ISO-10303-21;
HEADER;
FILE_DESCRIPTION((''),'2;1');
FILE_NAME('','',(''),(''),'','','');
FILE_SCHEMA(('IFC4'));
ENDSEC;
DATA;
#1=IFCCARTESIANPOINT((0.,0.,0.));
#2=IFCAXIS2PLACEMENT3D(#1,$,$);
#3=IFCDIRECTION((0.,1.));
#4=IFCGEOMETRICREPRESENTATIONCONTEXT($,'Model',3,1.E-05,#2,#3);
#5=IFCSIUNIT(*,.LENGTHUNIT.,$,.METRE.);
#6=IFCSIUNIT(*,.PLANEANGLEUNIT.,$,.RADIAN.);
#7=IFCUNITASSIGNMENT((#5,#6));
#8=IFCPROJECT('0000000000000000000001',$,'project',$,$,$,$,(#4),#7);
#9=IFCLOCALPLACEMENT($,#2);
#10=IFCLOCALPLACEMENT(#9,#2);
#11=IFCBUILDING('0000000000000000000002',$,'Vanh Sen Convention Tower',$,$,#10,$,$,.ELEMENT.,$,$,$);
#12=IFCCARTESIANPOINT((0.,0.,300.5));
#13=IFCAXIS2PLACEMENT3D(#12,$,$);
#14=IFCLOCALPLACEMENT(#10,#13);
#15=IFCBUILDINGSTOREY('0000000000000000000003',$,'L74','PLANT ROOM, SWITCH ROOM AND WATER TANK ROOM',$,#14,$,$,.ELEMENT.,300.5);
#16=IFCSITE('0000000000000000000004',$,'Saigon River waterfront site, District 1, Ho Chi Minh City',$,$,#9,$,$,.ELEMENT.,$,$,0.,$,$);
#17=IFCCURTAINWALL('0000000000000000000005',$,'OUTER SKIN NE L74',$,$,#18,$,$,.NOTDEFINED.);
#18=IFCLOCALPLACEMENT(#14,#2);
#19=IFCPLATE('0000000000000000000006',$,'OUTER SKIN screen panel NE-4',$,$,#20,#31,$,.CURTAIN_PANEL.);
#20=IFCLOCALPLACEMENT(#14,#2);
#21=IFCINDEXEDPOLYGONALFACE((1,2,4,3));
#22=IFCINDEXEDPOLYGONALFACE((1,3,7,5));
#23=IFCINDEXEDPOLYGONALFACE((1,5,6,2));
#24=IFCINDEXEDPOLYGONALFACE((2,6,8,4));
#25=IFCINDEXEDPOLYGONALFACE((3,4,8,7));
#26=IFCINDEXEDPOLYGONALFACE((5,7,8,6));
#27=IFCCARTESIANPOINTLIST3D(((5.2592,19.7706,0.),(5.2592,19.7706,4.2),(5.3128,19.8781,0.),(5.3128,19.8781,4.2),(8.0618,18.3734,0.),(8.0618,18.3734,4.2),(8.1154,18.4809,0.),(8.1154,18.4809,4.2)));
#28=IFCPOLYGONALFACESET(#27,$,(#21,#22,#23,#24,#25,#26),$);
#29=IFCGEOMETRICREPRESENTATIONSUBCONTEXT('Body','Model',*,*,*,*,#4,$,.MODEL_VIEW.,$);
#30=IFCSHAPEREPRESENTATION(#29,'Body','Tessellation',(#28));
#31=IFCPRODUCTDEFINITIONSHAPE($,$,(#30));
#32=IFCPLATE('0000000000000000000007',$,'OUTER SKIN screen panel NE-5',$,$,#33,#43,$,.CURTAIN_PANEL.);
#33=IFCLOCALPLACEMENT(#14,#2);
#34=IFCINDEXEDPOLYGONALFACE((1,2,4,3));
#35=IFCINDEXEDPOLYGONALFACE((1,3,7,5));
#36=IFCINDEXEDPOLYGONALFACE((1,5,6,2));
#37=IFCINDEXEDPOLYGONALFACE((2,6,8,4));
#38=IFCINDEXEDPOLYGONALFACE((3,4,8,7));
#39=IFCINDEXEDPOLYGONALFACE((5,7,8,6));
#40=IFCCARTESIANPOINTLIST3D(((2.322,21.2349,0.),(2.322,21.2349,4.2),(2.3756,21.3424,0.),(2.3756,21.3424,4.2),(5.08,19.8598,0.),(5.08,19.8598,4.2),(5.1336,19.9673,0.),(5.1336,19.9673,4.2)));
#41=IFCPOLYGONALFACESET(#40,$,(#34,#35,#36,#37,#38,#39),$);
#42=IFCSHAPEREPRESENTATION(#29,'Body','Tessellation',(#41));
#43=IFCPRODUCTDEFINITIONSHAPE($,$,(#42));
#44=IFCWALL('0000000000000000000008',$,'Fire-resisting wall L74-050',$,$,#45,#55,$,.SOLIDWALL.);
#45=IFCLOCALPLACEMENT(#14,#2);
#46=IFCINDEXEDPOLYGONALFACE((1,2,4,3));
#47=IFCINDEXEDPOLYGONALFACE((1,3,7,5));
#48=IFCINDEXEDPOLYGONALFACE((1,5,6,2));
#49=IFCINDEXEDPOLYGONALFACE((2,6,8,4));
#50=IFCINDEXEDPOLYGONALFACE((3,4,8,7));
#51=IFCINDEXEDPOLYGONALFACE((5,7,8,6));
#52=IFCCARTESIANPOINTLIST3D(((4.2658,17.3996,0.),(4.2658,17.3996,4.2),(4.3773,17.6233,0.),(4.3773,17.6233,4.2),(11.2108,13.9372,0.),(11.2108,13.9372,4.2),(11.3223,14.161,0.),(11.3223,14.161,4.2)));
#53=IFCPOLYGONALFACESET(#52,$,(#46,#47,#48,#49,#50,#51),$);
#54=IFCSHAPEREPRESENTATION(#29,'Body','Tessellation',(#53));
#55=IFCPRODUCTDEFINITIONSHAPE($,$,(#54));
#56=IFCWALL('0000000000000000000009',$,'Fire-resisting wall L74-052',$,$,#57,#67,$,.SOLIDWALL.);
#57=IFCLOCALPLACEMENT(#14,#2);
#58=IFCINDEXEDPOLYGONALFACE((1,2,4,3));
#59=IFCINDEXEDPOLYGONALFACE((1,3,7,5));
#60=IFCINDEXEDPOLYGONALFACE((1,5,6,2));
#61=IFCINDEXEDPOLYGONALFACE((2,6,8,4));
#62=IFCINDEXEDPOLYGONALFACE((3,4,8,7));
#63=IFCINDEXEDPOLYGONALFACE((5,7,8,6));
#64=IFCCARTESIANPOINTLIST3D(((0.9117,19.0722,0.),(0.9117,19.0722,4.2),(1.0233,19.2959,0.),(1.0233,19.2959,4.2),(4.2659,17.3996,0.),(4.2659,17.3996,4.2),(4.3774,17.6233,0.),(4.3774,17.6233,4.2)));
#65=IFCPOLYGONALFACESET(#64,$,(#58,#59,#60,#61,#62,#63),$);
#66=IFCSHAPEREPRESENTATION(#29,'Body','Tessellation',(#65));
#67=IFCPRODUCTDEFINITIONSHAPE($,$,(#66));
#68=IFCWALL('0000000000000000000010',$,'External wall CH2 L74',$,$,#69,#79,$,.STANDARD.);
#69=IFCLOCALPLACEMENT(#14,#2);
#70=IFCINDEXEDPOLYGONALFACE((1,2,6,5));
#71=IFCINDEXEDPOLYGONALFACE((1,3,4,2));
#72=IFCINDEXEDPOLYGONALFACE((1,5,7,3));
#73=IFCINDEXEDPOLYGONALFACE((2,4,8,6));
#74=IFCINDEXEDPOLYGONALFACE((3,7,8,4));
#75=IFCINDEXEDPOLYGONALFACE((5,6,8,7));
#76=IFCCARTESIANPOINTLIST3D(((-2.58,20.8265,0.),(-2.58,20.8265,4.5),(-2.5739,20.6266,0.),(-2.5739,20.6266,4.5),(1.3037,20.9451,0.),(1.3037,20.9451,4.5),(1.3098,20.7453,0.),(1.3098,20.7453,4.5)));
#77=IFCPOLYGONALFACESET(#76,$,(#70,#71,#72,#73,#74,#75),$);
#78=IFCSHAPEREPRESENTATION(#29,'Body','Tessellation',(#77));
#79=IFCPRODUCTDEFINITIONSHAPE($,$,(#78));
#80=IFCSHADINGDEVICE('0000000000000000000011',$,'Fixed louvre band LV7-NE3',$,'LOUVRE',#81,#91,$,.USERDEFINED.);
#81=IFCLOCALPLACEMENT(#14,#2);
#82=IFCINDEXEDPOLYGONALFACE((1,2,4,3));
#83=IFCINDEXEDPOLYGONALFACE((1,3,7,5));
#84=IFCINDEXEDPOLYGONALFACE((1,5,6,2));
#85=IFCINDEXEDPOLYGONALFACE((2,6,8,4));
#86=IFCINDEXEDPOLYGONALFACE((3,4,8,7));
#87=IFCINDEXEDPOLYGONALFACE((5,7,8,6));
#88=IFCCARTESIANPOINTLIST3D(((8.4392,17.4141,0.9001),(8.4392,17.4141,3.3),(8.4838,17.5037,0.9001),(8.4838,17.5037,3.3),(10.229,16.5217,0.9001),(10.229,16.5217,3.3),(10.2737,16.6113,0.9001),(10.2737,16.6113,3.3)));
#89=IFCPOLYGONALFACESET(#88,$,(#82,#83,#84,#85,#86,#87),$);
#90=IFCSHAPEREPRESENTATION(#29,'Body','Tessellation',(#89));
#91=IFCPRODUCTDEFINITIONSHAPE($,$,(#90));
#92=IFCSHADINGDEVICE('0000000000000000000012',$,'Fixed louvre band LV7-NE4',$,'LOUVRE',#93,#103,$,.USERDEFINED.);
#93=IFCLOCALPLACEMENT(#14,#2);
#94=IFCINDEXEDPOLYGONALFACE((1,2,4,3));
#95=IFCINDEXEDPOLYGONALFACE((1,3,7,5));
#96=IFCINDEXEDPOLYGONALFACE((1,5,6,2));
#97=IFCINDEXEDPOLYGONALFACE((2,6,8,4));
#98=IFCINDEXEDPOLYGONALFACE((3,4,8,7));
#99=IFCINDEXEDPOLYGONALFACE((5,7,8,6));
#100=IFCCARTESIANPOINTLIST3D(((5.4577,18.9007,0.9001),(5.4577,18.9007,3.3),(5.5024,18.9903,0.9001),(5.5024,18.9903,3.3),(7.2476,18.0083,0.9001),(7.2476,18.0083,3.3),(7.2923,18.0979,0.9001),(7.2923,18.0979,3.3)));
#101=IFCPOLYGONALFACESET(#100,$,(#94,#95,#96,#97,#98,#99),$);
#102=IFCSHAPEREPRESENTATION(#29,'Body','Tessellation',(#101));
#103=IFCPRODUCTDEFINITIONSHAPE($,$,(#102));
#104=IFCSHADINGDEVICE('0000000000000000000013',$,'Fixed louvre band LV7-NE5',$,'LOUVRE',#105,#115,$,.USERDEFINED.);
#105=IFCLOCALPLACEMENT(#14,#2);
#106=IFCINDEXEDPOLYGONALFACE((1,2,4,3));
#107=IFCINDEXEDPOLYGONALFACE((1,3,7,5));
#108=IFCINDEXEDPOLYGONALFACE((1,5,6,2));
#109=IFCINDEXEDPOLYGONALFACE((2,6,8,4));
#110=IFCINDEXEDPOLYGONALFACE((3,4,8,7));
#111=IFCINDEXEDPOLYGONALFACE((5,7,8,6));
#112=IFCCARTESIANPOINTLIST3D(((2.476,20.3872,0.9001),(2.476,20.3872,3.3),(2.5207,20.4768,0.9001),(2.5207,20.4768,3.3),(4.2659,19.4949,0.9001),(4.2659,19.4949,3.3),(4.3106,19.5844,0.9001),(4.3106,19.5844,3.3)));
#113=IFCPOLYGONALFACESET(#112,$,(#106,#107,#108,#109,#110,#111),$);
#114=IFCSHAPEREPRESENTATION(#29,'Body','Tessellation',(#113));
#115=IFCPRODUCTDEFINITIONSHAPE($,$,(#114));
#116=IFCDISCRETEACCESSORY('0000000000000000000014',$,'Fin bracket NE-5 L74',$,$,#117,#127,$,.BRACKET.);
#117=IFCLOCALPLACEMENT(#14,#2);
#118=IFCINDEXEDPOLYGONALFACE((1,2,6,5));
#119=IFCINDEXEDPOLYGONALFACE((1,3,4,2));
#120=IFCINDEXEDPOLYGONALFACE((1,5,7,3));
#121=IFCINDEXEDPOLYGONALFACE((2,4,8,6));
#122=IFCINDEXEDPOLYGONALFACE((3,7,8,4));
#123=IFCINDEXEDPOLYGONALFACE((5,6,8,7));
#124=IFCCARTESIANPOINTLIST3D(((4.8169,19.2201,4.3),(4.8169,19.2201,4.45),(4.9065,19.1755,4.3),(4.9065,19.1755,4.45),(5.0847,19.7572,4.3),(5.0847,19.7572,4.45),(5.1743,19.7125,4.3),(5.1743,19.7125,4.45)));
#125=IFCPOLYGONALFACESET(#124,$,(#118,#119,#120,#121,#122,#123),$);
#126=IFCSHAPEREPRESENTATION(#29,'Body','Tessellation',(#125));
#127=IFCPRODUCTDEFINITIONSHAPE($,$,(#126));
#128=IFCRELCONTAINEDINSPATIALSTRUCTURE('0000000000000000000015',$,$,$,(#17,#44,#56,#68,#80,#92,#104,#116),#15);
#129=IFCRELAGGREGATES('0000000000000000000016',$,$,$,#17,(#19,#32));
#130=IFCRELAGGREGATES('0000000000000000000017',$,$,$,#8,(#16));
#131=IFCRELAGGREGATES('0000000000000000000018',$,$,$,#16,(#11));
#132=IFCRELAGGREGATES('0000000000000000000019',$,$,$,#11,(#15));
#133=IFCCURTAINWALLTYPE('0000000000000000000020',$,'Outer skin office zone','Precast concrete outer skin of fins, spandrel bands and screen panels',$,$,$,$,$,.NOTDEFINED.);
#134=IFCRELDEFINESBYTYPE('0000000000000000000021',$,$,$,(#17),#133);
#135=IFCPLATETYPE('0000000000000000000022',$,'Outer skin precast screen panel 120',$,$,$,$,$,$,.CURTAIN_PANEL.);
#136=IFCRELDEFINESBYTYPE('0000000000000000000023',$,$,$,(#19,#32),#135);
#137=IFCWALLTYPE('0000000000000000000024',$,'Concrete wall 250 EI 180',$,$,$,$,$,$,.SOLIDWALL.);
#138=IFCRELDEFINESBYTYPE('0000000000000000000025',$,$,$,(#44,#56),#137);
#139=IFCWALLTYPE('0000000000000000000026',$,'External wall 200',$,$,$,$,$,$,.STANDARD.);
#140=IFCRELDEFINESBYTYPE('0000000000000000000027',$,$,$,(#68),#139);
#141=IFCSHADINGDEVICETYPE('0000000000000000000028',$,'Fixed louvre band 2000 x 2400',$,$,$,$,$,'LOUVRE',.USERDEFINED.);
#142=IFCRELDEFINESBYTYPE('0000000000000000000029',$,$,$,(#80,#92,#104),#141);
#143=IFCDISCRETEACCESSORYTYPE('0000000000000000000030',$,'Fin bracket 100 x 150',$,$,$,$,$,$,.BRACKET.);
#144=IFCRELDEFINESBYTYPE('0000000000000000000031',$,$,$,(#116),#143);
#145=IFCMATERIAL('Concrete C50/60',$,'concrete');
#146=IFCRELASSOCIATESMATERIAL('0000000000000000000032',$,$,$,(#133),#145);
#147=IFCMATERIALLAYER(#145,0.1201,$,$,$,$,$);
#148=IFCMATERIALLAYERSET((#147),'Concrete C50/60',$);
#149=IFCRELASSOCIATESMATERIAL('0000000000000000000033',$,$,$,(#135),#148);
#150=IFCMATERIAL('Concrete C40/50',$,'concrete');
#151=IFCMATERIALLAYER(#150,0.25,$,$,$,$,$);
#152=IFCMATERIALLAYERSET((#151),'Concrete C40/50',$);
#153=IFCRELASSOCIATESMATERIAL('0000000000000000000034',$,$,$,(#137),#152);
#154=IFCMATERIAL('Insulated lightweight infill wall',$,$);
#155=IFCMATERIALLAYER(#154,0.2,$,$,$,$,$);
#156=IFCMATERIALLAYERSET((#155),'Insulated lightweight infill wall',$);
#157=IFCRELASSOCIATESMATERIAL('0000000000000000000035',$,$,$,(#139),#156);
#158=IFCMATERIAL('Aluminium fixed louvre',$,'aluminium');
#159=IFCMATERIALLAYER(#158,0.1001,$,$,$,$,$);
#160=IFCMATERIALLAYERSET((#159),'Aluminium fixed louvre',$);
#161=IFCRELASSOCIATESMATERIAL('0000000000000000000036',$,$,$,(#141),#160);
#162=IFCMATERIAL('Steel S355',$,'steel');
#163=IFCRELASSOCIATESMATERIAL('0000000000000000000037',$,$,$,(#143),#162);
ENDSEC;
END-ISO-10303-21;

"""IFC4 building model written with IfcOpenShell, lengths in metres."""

from ifc_helpers import new_model, si_unit, direction, frame, frame_2d, origin, origin_2d, place, context, subcontext, project, spatial, rectangle, extrude, material, layer, layer_set, type_object, element, aggregate, save


model = new_model("IFC4")

# Units and contexts
model_context = context("Model", 3, precision=1e-05, world=origin(), true_north=direction((0.0, 1.0)))
body_context = subcontext(model_context, "Body", "Model", "MODEL_VIEW")
ifc_project = project(units=[si_unit("LENGTHUNIT", "METRE"), si_unit("PLANEANGLEUNIT", "RADIAN")], contexts=[model_context])

# Site, building, storey
site_placement = place(None, origin())
site = spatial("IfcSite", under=ifc_project, at=site_placement, Name="Saigon River waterfront site, District 1, Ho Chi Minh City", CompositionType="ELEMENT", RefElevation=0.0)
building_placement = place(site_placement, origin())
building = spatial("IfcBuilding", under=site, at=building_placement, Name="Vanh Sen Convention Tower", CompositionType="ELEMENT")
storey_placement = place(building_placement, frame((0.0, 0.0, 300.5)))
storey = spatial("IfcBuildingStorey", under=building, at=storey_placement, Name="L74", Description="PLANT ROOM, SWITCH ROOM AND WATER TANK ROOM", CompositionType="ELEMENT", Elevation=300.5)

# Curtain wall
ifc_material_1 = material(Name="Concrete C50/60", Category="concrete")
curtain_wall_type = type_object("IfcCurtainWallType", Name="Outer skin office zone", Description="Precast concrete outer skin of fins, spandrel bands and screen panels", PredefinedType="NOTDEFINED", material=ifc_material_1)
curtain_wall_1_placement = place(storey_placement, origin())
curtain_wall_1 = element("IfcCurtainWall", 1, at=curtain_wall_1_placement, inside=storey, type_object=curtain_wall_type, Name="OUTER SKIN NE L74", PredefinedType="NOTDEFINED")

# Plates
ifc_layer_1 = layer(ifc_material_1, 0.1201)
ifc_layer_set_1 = layer_set([ifc_layer_1], Name="Concrete C50/60")
plate_type = type_object("IfcPlateType", Name="Outer skin precast screen panel 120", PredefinedType="CURTAIN_PANEL", material=ifc_layer_set_1)
plate_1_placement = place(storey_placement, frame((6.6873, 19.1257, 0.0), z_axis=(0.0, 0.0, 1.0), x_axis=(-0.894943, 0.446181, 0.0)))
plate_1 = element("IfcPlate", 2, at=plate_1_placement, type_object=plate_type, Name="OUTER SKIN screen panel NE-4", PredefinedType="CURTAIN_PANEL", context=body_context, shape_type="SweptSolid", body=[
    extrude(rectangle(XDim=3.1316, YDim=0.1201, at=origin_2d()), origin(), (0.0, 0.0, 1.0), 4.2),
])
plate_2_placement = place(storey_placement, frame((3.7278, 20.6011, 0.0), z_axis=(0.0, 0.0, 1.0), x_axis=(-0.894931, 0.446204, 0.0)))
plate_2 = element("IfcPlate", 3, at=plate_2_placement, type_object=plate_type, Name="OUTER SKIN screen panel NE-5", PredefinedType="CURTAIN_PANEL", context=body_context, shape_type="SweptSolid", body=[
    extrude(rectangle(XDim=3.0818, YDim=0.1201, at=origin_2d()), origin(), (0.0, 0.0, 1.0), 4.2),
])
aggregate(curtain_wall_1, [plate_1, plate_2])

# Walls
ifc_material_2 = material(Name="Concrete C40/50", Category="concrete")
ifc_layer_2 = layer(ifc_material_2, 0.25)
ifc_layer_set_2 = layer_set([ifc_layer_2], Name="Concrete C40/50")
wall_type_1 = type_object("IfcWallType", Name="Concrete wall 250 EI 180", PredefinedType="SOLIDWALL", material=ifc_layer_set_2)
wall_1_placement = place(storey_placement, frame((4.3215, 17.5115, 0.0), z_axis=(0.0, 0.0, 1.0), x_axis=(0.894949, -0.446169, 0.0)))
element("IfcWall", 4, at=wall_1_placement, inside=storey, type_object=wall_type_1, Name="Fire-resisting wall L74-050", PredefinedType="SOLIDWALL", context=body_context, shape_type="SweptSolid", body=[
    extrude(rectangle(XDim=7.7603, YDim=0.25, at=frame_2d((3.8801, 0.0))), origin(), (0.0, 0.0, 1.0), 4.2),
])
wall_2_placement = place(storey_placement, frame((0.9675, 19.1841, 0.0), z_axis=(0.0, 0.0, 1.0), x_axis=(0.894896, -0.446275, 0.0)))
element("IfcWall", 5, at=wall_2_placement, inside=storey, type_object=wall_type_1, Name="Fire-resisting wall L74-052", PredefinedType="SOLIDWALL", context=body_context, shape_type="SweptSolid", body=[
    extrude(rectangle(XDim=3.748, YDim=0.25, at=frame_2d((1.874, 0.0))), origin(), (0.0, 0.0, 1.0), 4.2),
])
ifc_material_3 = material(Name="Insulated lightweight infill wall")
ifc_layer_3 = layer(ifc_material_3, 0.2)
ifc_layer_set_3 = layer_set([ifc_layer_3], Name="Insulated lightweight infill wall")
wall_type_2 = type_object("IfcWallType", Name="External wall 200", PredefinedType="STANDARD", material=ifc_layer_set_3)
wall_3_placement = place(storey_placement, frame((1.3069, 20.8452, 0.0), z_axis=(0.0, 0.0, 1.0), x_axis=(-0.999534, -0.030536, 0.0)))
element("IfcWall", 6, at=wall_3_placement, inside=storey, type_object=wall_type_2, Name="External wall CH2 L74", PredefinedType="STANDARD", context=body_context, shape_type="SweptSolid", body=[
    extrude(rectangle(XDim=3.8855, YDim=0.2, at=frame_2d((1.9429, 0.0))), origin(), (0.0, 0.0, 1.0), 4.5),
])

# Shading devices
ifc_material_4 = material(Name="Aluminium fixed louvre", Category="aluminium")
ifc_layer_4 = layer(ifc_material_4, 0.1001)
ifc_layer_set_4 = layer_set([ifc_layer_4], Name="Aluminium fixed louvre")
shading_device_type = type_object("IfcShadingDeviceType", Name="Fixed louvre band 2000 x 2400", ElementType="LOUVRE", PredefinedType="USERDEFINED", material=ifc_layer_set_4)
for number, where, z_axis, x_axis, name in (
    (7, (9.3564, 17.0127, 0.9001), (0.0, 0.0, 1.0), (-0.894934, 0.446198, 0.0), "Fixed louvre band LV7-NE3"),
    (8, (6.375, 18.4993, 0.9001), (0.0, 0.0, 1.0), (-0.894934, 0.446198, 0.0), "Fixed louvre band LV7-NE4"),
    (9, (3.3933, 19.9858, 0.9001), (0.0, 0.0, 1.0), (-0.894934, 0.446198, 0.0), "Fixed louvre band LV7-NE5"),
):
    element("IfcShadingDevice", number, at=place(storey_placement, frame(where, z_axis=z_axis, x_axis=x_axis)), inside=storey, type_object=shading_device_type, Name=name, ObjectType="LOUVRE", PredefinedType="USERDEFINED", context=body_context, shape_type="SweptSolid", body=[
        extrude(rectangle(XDim=2.0, YDim=0.1001, at=origin_2d()), origin(), (0.0, 0.0, 1.0), 2.3999),
    ])

# Discrete accessory
ifc_material_5 = material(Name="Steel S355", Category="steel")
discrete_accessory_type = type_object("IfcDiscreteAccessoryType", Name="Fin bracket 100 x 150", PredefinedType="BRACKET", material=ifc_material_5)
discrete_accessory_placement = place(storey_placement, frame((4.9956, 19.4663, 4.3), z_axis=(0.0, 0.0, 1.0), x_axis=(0.446198, 0.894934, 0.0)))
element("IfcDiscreteAccessory", 10, at=discrete_accessory_placement, inside=storey, type_object=discrete_accessory_type, Name="Fin bracket NE-5 L74", PredefinedType="BRACKET", context=body_context, shape_type="SweptSolid", body=[
    extrude(rectangle(XDim=0.6001, YDim=0.1001, at=origin_2d()), origin(), (0.0, 0.0, 1.0), 0.1499),
])

save(model, "model.ifc")
